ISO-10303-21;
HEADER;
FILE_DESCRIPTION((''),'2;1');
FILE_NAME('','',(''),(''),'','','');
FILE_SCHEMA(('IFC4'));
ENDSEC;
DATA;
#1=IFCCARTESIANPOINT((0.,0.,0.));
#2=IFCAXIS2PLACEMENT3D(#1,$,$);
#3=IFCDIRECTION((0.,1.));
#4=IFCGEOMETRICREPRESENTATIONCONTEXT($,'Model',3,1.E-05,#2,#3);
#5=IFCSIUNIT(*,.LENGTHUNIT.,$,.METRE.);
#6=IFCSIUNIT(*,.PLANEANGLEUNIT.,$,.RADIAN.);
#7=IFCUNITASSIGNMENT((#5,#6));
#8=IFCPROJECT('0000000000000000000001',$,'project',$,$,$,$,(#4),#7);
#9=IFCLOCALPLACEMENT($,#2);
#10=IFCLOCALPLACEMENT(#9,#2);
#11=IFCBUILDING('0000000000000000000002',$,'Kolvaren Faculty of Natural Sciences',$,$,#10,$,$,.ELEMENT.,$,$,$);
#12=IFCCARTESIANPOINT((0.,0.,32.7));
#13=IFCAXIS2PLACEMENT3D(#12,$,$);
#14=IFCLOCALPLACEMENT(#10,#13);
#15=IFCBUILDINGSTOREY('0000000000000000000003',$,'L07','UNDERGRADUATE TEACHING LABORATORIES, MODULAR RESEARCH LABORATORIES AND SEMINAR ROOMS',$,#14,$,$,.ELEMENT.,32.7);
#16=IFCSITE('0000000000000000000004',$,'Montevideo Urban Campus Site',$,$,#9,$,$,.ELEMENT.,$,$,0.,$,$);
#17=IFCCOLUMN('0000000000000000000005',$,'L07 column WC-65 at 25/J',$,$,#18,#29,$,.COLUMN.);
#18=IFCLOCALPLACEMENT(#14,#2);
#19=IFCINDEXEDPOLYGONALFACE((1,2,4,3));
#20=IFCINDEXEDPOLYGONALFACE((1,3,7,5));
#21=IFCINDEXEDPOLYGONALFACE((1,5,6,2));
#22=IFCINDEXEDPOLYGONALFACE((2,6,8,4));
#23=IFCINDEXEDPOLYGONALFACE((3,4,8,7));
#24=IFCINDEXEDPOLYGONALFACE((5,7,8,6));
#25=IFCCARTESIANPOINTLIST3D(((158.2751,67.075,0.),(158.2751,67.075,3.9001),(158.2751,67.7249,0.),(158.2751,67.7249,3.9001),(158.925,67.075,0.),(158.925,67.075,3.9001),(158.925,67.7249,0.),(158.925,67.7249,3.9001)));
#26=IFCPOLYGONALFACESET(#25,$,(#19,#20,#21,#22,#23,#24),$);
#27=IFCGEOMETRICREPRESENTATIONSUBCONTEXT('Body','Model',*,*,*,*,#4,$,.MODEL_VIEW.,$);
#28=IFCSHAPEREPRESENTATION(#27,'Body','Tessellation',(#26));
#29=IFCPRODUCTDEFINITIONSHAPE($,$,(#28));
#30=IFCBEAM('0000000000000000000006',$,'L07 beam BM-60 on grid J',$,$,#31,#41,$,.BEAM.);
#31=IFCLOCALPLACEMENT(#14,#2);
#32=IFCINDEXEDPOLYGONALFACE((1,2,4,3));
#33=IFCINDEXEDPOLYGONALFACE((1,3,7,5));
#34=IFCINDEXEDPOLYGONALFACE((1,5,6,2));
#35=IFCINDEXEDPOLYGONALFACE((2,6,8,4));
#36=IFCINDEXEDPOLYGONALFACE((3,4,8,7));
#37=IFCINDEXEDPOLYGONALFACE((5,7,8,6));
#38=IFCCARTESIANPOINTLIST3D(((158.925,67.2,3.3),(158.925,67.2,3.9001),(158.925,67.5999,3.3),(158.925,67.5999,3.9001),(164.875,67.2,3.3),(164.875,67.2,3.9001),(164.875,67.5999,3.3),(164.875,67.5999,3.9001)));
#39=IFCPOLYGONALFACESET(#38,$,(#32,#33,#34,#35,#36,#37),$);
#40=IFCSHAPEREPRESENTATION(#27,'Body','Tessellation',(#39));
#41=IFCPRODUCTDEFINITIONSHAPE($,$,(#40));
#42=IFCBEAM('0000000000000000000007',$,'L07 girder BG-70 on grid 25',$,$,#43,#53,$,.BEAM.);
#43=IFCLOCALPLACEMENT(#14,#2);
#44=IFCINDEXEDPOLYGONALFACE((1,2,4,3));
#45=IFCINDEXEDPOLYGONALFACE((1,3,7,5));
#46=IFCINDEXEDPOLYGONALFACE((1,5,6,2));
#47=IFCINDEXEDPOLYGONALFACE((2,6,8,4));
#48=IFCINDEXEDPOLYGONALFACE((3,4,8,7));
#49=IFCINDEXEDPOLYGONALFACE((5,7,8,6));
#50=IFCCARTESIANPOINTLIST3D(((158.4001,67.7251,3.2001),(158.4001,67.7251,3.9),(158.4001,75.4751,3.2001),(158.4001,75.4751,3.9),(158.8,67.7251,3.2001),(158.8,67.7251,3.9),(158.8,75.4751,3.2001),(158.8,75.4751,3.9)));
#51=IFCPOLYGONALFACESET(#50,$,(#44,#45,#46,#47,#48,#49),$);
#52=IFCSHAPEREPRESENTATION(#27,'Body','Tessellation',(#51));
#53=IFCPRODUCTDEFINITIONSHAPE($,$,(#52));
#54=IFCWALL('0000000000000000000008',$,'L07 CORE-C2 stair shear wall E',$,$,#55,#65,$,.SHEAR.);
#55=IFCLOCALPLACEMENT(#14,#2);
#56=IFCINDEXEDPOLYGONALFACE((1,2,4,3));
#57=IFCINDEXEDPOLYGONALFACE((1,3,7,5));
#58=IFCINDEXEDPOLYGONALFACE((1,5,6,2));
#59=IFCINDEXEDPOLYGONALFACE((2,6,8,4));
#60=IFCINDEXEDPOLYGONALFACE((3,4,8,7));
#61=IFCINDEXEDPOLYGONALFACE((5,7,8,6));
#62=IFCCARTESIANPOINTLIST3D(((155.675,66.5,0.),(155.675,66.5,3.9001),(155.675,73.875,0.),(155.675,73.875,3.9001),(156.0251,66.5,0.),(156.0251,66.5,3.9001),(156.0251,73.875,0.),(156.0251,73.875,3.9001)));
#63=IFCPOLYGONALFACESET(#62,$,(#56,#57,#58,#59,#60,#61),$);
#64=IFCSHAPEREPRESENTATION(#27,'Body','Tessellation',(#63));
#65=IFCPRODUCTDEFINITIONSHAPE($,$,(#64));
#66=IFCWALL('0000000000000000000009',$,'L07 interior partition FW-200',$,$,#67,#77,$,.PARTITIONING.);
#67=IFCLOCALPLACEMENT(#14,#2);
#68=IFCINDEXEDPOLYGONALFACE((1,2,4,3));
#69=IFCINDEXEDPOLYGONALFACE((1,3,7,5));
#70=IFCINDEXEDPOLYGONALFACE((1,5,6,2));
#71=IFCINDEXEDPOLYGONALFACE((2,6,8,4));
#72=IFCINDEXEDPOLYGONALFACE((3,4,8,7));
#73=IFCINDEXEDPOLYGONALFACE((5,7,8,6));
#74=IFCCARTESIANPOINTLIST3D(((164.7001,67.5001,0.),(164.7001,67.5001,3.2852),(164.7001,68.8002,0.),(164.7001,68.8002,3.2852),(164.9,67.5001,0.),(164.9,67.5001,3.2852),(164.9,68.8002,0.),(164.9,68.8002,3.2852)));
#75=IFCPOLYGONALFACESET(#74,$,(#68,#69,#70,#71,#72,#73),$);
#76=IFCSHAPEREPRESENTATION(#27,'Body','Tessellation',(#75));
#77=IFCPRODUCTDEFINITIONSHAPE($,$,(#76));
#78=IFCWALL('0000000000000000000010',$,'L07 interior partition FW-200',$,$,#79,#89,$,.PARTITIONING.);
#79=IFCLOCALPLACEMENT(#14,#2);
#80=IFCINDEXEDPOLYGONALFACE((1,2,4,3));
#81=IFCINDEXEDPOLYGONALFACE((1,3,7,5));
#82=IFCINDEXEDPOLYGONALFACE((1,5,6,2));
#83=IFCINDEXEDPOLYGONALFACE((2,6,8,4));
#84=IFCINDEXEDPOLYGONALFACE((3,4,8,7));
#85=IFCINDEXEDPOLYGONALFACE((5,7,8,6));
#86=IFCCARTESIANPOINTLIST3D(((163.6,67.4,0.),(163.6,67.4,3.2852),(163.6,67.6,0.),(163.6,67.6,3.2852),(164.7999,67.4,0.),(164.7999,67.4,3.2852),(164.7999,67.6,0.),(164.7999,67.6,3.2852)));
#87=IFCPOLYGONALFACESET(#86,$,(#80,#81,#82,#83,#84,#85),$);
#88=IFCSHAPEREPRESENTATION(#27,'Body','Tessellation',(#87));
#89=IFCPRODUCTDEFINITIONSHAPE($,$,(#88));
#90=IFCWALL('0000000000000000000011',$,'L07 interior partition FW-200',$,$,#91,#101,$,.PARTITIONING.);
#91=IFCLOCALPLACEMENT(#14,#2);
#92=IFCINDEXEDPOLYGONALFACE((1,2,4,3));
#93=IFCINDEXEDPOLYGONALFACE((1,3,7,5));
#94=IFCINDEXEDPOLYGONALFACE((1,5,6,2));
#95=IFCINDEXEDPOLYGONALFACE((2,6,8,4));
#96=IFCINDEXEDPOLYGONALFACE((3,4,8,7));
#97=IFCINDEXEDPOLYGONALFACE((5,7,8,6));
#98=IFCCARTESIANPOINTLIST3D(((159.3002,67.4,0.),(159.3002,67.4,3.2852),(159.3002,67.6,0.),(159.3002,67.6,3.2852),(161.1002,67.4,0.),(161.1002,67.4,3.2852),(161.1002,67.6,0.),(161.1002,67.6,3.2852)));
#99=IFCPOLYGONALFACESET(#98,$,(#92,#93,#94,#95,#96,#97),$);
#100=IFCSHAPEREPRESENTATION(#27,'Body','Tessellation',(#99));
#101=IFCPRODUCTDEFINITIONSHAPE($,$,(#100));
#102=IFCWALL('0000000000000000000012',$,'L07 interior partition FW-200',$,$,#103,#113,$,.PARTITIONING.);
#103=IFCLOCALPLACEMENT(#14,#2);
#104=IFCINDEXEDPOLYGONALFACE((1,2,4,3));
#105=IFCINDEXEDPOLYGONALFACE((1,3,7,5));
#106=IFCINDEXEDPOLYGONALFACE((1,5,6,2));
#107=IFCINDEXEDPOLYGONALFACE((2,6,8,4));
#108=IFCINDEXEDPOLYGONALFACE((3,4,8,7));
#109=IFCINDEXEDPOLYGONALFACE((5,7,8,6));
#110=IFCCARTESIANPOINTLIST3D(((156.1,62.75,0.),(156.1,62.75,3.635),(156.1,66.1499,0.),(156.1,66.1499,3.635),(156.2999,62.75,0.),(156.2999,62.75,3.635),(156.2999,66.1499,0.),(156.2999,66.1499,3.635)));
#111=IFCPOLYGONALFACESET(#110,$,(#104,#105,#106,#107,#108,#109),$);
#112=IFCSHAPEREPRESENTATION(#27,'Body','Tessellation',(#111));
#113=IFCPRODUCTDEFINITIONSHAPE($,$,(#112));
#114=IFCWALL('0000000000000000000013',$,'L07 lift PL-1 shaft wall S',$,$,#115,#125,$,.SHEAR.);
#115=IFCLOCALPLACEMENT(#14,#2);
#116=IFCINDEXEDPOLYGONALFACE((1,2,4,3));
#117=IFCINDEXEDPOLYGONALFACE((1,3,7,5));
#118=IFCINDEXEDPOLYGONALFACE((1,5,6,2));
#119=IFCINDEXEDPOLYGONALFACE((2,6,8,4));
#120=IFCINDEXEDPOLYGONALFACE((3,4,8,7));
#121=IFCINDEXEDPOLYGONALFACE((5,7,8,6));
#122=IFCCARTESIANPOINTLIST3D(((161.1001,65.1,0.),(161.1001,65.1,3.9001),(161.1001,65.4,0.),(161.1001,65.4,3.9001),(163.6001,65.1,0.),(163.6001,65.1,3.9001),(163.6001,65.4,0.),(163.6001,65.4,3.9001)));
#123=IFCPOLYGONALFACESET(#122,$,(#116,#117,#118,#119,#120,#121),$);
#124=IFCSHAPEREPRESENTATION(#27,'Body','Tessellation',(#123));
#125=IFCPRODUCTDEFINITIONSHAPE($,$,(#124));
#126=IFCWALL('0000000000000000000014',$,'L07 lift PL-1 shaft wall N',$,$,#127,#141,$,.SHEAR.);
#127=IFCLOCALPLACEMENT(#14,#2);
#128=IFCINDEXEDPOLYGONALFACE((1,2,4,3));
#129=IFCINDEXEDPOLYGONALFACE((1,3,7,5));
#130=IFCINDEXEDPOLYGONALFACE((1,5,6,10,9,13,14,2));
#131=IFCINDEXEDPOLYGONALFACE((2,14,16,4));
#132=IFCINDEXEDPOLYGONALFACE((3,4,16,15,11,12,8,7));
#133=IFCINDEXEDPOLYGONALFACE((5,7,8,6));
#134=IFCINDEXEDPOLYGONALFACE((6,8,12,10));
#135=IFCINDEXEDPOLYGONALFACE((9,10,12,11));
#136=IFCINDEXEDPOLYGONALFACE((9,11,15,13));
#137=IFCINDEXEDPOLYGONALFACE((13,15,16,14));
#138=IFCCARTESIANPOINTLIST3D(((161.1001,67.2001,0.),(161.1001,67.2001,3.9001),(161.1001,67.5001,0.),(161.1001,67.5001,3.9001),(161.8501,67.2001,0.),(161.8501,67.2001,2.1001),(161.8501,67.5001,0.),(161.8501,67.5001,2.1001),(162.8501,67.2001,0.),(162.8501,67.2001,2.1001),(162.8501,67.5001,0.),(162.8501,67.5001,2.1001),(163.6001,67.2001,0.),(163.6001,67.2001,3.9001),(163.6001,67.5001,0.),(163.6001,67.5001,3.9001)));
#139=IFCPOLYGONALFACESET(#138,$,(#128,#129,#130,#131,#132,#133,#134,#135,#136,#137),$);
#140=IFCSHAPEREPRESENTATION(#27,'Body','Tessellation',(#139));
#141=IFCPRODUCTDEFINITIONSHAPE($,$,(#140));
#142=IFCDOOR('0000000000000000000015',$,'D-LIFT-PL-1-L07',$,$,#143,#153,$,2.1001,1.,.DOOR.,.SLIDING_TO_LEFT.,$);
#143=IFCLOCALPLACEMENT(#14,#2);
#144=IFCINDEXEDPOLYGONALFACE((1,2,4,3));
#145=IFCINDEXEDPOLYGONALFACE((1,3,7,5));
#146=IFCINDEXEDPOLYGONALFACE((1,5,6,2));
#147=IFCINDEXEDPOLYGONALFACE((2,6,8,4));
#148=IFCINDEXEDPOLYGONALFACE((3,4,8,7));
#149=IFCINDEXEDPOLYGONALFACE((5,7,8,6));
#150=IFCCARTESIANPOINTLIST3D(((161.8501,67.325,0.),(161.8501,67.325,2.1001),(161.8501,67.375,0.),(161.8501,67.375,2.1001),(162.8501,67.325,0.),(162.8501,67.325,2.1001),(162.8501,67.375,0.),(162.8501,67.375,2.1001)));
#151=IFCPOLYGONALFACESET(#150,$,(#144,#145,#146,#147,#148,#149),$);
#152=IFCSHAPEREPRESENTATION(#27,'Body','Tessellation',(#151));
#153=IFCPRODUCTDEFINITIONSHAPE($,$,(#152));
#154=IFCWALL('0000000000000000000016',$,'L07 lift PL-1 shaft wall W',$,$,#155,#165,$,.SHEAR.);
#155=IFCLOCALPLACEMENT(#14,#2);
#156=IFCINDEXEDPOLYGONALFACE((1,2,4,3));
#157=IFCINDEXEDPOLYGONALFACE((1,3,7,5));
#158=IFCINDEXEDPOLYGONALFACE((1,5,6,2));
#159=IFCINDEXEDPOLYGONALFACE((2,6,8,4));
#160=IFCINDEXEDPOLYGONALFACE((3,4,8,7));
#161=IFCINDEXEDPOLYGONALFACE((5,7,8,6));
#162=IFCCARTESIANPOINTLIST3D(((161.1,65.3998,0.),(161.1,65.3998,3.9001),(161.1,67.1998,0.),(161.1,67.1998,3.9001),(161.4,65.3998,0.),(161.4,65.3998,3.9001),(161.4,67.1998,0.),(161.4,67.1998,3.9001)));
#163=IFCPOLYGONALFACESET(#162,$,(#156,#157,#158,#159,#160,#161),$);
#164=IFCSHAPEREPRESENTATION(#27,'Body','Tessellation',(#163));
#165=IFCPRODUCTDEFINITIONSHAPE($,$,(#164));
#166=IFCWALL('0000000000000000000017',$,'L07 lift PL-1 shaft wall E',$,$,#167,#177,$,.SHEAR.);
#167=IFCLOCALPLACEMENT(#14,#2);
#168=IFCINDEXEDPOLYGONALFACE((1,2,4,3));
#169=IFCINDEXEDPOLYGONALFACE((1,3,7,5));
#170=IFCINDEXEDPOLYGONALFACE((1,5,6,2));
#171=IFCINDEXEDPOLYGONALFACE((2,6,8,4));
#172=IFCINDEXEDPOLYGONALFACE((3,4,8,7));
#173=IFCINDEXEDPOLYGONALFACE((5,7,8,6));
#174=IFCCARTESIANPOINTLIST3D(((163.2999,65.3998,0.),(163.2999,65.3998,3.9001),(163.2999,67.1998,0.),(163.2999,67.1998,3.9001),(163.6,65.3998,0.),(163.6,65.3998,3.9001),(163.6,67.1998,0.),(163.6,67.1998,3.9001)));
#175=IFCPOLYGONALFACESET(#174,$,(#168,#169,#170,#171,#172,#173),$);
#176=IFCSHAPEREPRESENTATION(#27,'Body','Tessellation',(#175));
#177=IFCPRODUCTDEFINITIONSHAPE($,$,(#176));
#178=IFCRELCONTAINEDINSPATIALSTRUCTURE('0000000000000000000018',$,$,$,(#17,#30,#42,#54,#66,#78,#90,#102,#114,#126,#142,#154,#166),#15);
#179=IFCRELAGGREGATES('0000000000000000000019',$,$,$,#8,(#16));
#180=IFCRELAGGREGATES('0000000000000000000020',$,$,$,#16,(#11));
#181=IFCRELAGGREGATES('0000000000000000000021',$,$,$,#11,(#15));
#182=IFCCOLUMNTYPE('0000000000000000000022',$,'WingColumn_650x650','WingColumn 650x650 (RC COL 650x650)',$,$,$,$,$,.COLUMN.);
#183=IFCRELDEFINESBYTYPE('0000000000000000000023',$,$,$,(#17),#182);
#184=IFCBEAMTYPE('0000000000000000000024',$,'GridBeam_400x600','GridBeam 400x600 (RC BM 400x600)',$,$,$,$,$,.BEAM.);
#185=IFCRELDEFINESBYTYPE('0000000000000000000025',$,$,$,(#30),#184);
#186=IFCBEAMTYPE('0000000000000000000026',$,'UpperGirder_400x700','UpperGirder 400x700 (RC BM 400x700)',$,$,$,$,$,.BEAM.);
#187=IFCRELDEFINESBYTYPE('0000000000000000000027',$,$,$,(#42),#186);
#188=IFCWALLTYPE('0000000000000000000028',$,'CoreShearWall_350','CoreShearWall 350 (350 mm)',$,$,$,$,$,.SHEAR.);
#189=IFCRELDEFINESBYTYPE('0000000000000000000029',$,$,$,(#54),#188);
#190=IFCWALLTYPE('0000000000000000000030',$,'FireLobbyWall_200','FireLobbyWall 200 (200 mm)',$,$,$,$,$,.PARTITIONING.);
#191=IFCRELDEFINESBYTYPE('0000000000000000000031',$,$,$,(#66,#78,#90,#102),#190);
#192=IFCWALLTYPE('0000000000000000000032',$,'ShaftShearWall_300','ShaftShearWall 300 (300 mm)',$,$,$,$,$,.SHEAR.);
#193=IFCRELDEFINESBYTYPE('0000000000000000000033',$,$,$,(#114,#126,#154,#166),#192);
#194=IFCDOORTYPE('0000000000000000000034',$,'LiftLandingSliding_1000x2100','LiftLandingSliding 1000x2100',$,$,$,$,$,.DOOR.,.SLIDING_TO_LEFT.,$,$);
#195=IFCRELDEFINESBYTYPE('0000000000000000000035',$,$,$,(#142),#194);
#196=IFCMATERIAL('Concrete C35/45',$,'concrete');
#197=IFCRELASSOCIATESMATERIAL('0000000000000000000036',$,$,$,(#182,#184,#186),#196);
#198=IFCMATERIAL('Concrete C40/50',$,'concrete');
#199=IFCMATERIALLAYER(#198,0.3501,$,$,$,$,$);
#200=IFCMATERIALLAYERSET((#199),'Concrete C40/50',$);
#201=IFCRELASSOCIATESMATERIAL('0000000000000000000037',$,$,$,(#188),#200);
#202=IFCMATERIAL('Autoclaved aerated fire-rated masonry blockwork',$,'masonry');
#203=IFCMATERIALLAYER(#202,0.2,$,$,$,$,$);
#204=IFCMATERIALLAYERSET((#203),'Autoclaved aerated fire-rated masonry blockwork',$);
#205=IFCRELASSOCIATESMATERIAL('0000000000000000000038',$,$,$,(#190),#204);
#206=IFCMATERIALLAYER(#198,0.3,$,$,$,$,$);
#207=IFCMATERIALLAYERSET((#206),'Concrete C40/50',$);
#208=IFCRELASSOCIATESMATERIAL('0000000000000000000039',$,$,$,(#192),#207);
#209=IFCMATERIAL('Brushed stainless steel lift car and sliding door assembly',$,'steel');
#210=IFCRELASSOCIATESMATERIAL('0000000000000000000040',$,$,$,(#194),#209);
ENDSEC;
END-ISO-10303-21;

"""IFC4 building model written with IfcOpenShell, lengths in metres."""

from ifc_helpers import new_model, si_unit, direction, frame, frame_2d, origin, origin_2d, place, context, subcontext, project, spatial, rectangle, extrude, material, layer, layer_set, material_profile, profile_set, type_object, element, fill, save


model = new_model("IFC4")

# Units and contexts
model_context = context("Model", 3, precision=1e-05, world=origin(), true_north=direction((0.0, 1.0)))
body_context = subcontext(model_context, "Body", "Model", "MODEL_VIEW")
ifc_project = project(units=[si_unit("LENGTHUNIT", "METRE"), si_unit("PLANEANGLEUNIT", "RADIAN")], contexts=[model_context])

# Site, building, storey
site_placement = place(None, origin())
site = spatial("IfcSite", under=ifc_project, at=site_placement, Name="Montevideo Urban Campus Site", CompositionType="ELEMENT", RefElevation=0.0)
building_placement = place(site_placement, origin())
building = spatial("IfcBuilding", under=site, at=building_placement, Name="Kolvaren Faculty of Natural Sciences", CompositionType="ELEMENT")
storey_placement = place(building_placement, frame((0.0, 0.0, 32.7)))
storey = spatial("IfcBuildingStorey", under=building, at=storey_placement, Name="L07", Description="UNDERGRADUATE TEACHING LABORATORIES, MODULAR RESEARCH LABORATORIES AND SEMINAR ROOMS", CompositionType="ELEMENT", Elevation=32.7)

# Column
ifc_material_1 = material(Name="Concrete C35/45", Category="concrete")
ifc_material_profile_1 = material_profile(ifc_material_1, rectangle(XDim=0.6499, YDim=0.6499, at=origin_2d()), Name="RC COL 650x650")
ifc_profile_set_1 = profile_set([ifc_material_profile_1], Name="Concrete C35/45")
column_type = type_object("IfcColumnType", Name="WingColumn_650x650", Description="WingColumn 650x650 (RC COL 650x650)", PredefinedType="COLUMN", material=ifc_profile_set_1)
column_placement = place(storey_placement, frame((158.6001, 67.3999, 0.0), z_axis=(0.0, 0.0, 1.0), x_axis=(1.0, 0.0, 0.0)))
element("IfcColumn", 1, at=column_placement, inside=storey, type_object=column_type, Name="L07 column WC-65 at 25/J", PredefinedType="COLUMN", context=body_context, shape_type="SweptSolid", body=[
    extrude(rectangle(XDim=0.6499, YDim=0.6499, at=origin_2d()), origin(), (0.0, 0.0, 1.0), 3.9001),
])

# Beams
ifc_material_profile_2 = material_profile(ifc_material_1, rectangle(XDim=0.3999, YDim=0.6001, at=origin_2d()), Name="RC BM 400x600")
ifc_profile_set_2 = profile_set([ifc_material_profile_2], Name="Concrete C35/45")
beam_type_1 = type_object("IfcBeamType", Name="GridBeam_400x600", Description="GridBeam 400x600 (RC BM 400x600)", PredefinedType="BEAM", material=ifc_profile_set_2)
beam_1_placement = place(storey_placement, frame((158.925, 67.3999, 3.6001), z_axis=(1.0, 0.0, 0.0), x_axis=(0.0, 1.0, 0.0)))
element("IfcBeam", 2, at=beam_1_placement, inside=storey, type_object=beam_type_1, Name="L07 beam BM-60 on grid J", PredefinedType="BEAM", context=body_context, shape_type="SweptSolid", body=[
    extrude(rectangle(XDim=0.3999, YDim=0.6001, at=origin_2d()), origin(), (0.0, 0.0, 1.0), 5.95),
])
ifc_material_profile_3 = material_profile(ifc_material_1, rectangle(XDim=0.3999, YDim=0.7, at=origin_2d()), Name="RC BM 400x700")
ifc_profile_set_3 = profile_set([ifc_material_profile_3], Name="Concrete C35/45")
beam_type_2 = type_object("IfcBeamType", Name="UpperGirder_400x700", Description="UpperGirder 400x700 (RC BM 400x700)", PredefinedType="BEAM", material=ifc_profile_set_3)
beam_2_placement = place(storey_placement, frame((158.6001, 67.7251, 3.55), z_axis=(0.0, 1.0, 0.0), x_axis=(-1.0, 0.0, 0.0)))
element("IfcBeam", 3, at=beam_2_placement, inside=storey, type_object=beam_type_2, Name="L07 girder BG-70 on grid 25", PredefinedType="BEAM", context=body_context, shape_type="SweptSolid", body=[
    extrude(rectangle(XDim=0.3999, YDim=0.7, at=origin_2d()), origin(), (0.0, 0.0, 1.0), 7.75),
])

# Walls
ifc_material_2 = material(Name="Concrete C40/50", Category="concrete")
ifc_layer_1 = layer(ifc_material_2, 0.3501)
ifc_layer_set_1 = layer_set([ifc_layer_1], Name="Concrete C40/50")
wall_type_1 = type_object("IfcWallType", Name="CoreShearWall_350", Description="CoreShearWall 350 (350 mm)", PredefinedType="SHEAR", material=ifc_layer_set_1)
wall_1_placement = place(storey_placement, frame((155.8501, 66.5, 0.0), z_axis=(0.0, 0.0, 1.0), x_axis=(0.0, 1.0, 0.0)))
element("IfcWall", 4, at=wall_1_placement, inside=storey, type_object=wall_type_1, Name="L07 CORE-C2 stair shear wall E", PredefinedType="SHEAR", context=body_context, shape_type="SweptSolid", body=[
    extrude(rectangle(XDim=7.375, YDim=0.3501, at=frame_2d((3.6875, 0.0))), origin(), (0.0, 0.0, 1.0), 3.9001),
])
ifc_material_3 = material(Name="Autoclaved aerated fire-rated masonry blockwork", Category="masonry")
ifc_layer_2 = layer(ifc_material_3, 0.2)
ifc_layer_set_2 = layer_set([ifc_layer_2], Name="Autoclaved aerated fire-rated masonry blockwork")
wall_type_2 = type_object("IfcWallType", Name="FireLobbyWall_200", Description="FireLobbyWall 200 (200 mm)", PredefinedType="PARTITIONING", material=ifc_layer_set_2)
wall_2_placement = place(storey_placement, frame((164.8, 68.8, 0.0), z_axis=(0.0, 0.0, 1.0), x_axis=(0.0, -1.0, 0.0)))
element("IfcWall", 5, at=wall_2_placement, inside=storey, type_object=wall_type_2, Name="L07 interior partition FW-200", PredefinedType="PARTITIONING", context=body_context, shape_type="SweptSolid", body=[
    extrude(rectangle(XDim=1.3, YDim=0.2, at=frame_2d((0.6499, 0.0))), origin(), (0.0, 0.0, 1.0), 3.2852),
])
wall_3_placement = place(storey_placement, frame((164.8, 67.5, 0.0), z_axis=(0.0, 0.0, 1.0), x_axis=(-1.0, 0.0, 0.0)))
element("IfcWall", 6, at=wall_3_placement, inside=storey, type_object=wall_type_2, Name="L07 interior partition FW-200", PredefinedType="PARTITIONING", context=body_context, shape_type="SweptSolid", body=[
    extrude(rectangle(XDim=1.2, YDim=0.2, at=frame_2d((0.6001, 0.0))), origin(), (0.0, 0.0, 1.0), 3.2852),
])
wall_4_placement = place(storey_placement, frame((161.1001, 67.5, 0.0), z_axis=(0.0, 0.0, 1.0), x_axis=(-1.0, 0.0, 0.0)))
element("IfcWall", 7, at=wall_4_placement, inside=storey, type_object=wall_type_2, Name="L07 interior partition FW-200", PredefinedType="PARTITIONING", context=body_context, shape_type="SweptSolid", body=[
    extrude(rectangle(XDim=1.8, YDim=0.2, at=frame_2d((0.8999, 0.0))), origin(), (0.0, 0.0, 1.0), 3.2852),
])

# Walls
wall_5_placement = place(storey_placement, frame((156.2, 66.1499, 0.0), z_axis=(0.0, 0.0, 1.0), x_axis=(0.0, -1.0, 0.0)))
element("IfcWall", 8, at=wall_5_placement, inside=storey, type_object=wall_type_2, Name="L07 interior partition FW-200", PredefinedType="PARTITIONING", context=body_context, shape_type="SweptSolid", body=[
    extrude(rectangle(XDim=3.3999, YDim=0.2, at=frame_2d((1.7, 0.0))), origin(), (0.0, 0.0, 1.0), 3.635),
])
ifc_layer_3 = layer(ifc_material_2, 0.3)
ifc_layer_set_3 = layer_set([ifc_layer_3], Name="Concrete C40/50")
wall_type_3 = type_object("IfcWallType", Name="ShaftShearWall_300", Description="ShaftShearWall 300 (300 mm)", PredefinedType="SHEAR", material=ifc_layer_set_3)
wall_6_placement = place(storey_placement, frame((161.1001, 65.25, 0.0), z_axis=(0.0, 0.0, 1.0), x_axis=(1.0, 0.0, 0.0)))
element("IfcWall", 9, at=wall_6_placement, inside=storey, type_object=wall_type_3, Name="L07 lift PL-1 shaft wall S", PredefinedType="SHEAR", context=body_context, shape_type="SweptSolid", body=[
    extrude(rectangle(XDim=2.5, YDim=0.3, at=frame_2d((1.25, 0.0))), origin(), (0.0, 0.0, 1.0), 3.9001),
])

# Wall, opening, door
wall_7_placement = place(storey_placement, frame((161.1001, 67.3501, 0.0), z_axis=(0.0, 0.0, 1.0), x_axis=(1.0, 0.0, 0.0)))
wall_7 = element("IfcWall", 10, at=wall_7_placement, inside=storey, type_object=wall_type_3, Name="L07 lift PL-1 shaft wall N", PredefinedType="SHEAR", context=body_context, shape_type="SweptSolid", body=[
    extrude(rectangle(XDim=2.5, YDim=0.3, at=frame_2d((1.25, 0.0))), origin(), (0.0, 0.0, 1.0), 3.9001),
])
opening_1_placement = place(wall_7_placement, frame((0.75, 0.0, 0.0)))
opening_1 = element("IfcOpeningElement", 11, at=opening_1_placement, cuts=wall_7, PredefinedType="OPENING", context=body_context, shape_type="SweptSolid", body=[
    extrude(rectangle(XDim=1.0, YDim=2.1001, at=frame_2d((0.5, 1.05))), frame((0.0, 0.1599, 0.0), z_axis=(0.0, -1.0, 0.0), x_axis=(1.0, 0.0, 0.0)), (0.0, 0.0, 1.0), 0.3201),
])
ifc_material_4 = material(Name="Brushed stainless steel lift car and sliding door assembly", Category="steel")
door_type_1 = type_object("IfcDoorType", Name="LiftLandingSliding_1000x2100", Description="LiftLandingSliding 1000x2100", OperationType="SLIDING_TO_LEFT", PredefinedType="DOOR", material=ifc_material_4)
door_1_placement = place(opening_1_placement, origin())
door_1 = element("IfcDoor", 12, at=door_1_placement, inside=storey, type_object=door_type_1, Name="D-LIFT-PL-1-L07", OperationType="SLIDING_TO_LEFT", OverallHeight=2.1001, OverallWidth=1.0, PredefinedType="DOOR", context=body_context, shape_type="SweptSolid", body=[
    extrude(rectangle(XDim=1.0, YDim=2.1001, at=frame_2d((0.5, 1.05))), frame((0.0, 0.0249, 0.0), z_axis=(0.0, -1.0, 0.0), x_axis=(1.0, 0.0, 0.0)), (0.0, 0.0, 1.0), 0.05),
])
fill(opening_1, door_1)

# Walls
for number, where, z_axis, x_axis, name in (
    (13, (161.25, 65.3999, 0.0), (0.0, 0.0, 1.0), (0.0, 1.0, 0.0), "L07 lift PL-1 shaft wall W"),
    (14, (163.45, 65.3999, 0.0), (0.0, 0.0, 1.0), (0.0, 1.0, 0.0), "L07 lift PL-1 shaft wall E"),
):
    element("IfcWall", number, at=place(storey_placement, frame(where, z_axis=z_axis, x_axis=x_axis)), inside=storey, type_object=wall_type_3, Name=name, PredefinedType="SHEAR", context=body_context, shape_type="SweptSolid", body=[
        extrude(rectangle(XDim=1.8, YDim=0.3, at=frame_2d((0.8999, 0.0))), origin(), (0.0, 0.0, 1.0), 3.9001),
    ])

save(model, "model.ifc")
